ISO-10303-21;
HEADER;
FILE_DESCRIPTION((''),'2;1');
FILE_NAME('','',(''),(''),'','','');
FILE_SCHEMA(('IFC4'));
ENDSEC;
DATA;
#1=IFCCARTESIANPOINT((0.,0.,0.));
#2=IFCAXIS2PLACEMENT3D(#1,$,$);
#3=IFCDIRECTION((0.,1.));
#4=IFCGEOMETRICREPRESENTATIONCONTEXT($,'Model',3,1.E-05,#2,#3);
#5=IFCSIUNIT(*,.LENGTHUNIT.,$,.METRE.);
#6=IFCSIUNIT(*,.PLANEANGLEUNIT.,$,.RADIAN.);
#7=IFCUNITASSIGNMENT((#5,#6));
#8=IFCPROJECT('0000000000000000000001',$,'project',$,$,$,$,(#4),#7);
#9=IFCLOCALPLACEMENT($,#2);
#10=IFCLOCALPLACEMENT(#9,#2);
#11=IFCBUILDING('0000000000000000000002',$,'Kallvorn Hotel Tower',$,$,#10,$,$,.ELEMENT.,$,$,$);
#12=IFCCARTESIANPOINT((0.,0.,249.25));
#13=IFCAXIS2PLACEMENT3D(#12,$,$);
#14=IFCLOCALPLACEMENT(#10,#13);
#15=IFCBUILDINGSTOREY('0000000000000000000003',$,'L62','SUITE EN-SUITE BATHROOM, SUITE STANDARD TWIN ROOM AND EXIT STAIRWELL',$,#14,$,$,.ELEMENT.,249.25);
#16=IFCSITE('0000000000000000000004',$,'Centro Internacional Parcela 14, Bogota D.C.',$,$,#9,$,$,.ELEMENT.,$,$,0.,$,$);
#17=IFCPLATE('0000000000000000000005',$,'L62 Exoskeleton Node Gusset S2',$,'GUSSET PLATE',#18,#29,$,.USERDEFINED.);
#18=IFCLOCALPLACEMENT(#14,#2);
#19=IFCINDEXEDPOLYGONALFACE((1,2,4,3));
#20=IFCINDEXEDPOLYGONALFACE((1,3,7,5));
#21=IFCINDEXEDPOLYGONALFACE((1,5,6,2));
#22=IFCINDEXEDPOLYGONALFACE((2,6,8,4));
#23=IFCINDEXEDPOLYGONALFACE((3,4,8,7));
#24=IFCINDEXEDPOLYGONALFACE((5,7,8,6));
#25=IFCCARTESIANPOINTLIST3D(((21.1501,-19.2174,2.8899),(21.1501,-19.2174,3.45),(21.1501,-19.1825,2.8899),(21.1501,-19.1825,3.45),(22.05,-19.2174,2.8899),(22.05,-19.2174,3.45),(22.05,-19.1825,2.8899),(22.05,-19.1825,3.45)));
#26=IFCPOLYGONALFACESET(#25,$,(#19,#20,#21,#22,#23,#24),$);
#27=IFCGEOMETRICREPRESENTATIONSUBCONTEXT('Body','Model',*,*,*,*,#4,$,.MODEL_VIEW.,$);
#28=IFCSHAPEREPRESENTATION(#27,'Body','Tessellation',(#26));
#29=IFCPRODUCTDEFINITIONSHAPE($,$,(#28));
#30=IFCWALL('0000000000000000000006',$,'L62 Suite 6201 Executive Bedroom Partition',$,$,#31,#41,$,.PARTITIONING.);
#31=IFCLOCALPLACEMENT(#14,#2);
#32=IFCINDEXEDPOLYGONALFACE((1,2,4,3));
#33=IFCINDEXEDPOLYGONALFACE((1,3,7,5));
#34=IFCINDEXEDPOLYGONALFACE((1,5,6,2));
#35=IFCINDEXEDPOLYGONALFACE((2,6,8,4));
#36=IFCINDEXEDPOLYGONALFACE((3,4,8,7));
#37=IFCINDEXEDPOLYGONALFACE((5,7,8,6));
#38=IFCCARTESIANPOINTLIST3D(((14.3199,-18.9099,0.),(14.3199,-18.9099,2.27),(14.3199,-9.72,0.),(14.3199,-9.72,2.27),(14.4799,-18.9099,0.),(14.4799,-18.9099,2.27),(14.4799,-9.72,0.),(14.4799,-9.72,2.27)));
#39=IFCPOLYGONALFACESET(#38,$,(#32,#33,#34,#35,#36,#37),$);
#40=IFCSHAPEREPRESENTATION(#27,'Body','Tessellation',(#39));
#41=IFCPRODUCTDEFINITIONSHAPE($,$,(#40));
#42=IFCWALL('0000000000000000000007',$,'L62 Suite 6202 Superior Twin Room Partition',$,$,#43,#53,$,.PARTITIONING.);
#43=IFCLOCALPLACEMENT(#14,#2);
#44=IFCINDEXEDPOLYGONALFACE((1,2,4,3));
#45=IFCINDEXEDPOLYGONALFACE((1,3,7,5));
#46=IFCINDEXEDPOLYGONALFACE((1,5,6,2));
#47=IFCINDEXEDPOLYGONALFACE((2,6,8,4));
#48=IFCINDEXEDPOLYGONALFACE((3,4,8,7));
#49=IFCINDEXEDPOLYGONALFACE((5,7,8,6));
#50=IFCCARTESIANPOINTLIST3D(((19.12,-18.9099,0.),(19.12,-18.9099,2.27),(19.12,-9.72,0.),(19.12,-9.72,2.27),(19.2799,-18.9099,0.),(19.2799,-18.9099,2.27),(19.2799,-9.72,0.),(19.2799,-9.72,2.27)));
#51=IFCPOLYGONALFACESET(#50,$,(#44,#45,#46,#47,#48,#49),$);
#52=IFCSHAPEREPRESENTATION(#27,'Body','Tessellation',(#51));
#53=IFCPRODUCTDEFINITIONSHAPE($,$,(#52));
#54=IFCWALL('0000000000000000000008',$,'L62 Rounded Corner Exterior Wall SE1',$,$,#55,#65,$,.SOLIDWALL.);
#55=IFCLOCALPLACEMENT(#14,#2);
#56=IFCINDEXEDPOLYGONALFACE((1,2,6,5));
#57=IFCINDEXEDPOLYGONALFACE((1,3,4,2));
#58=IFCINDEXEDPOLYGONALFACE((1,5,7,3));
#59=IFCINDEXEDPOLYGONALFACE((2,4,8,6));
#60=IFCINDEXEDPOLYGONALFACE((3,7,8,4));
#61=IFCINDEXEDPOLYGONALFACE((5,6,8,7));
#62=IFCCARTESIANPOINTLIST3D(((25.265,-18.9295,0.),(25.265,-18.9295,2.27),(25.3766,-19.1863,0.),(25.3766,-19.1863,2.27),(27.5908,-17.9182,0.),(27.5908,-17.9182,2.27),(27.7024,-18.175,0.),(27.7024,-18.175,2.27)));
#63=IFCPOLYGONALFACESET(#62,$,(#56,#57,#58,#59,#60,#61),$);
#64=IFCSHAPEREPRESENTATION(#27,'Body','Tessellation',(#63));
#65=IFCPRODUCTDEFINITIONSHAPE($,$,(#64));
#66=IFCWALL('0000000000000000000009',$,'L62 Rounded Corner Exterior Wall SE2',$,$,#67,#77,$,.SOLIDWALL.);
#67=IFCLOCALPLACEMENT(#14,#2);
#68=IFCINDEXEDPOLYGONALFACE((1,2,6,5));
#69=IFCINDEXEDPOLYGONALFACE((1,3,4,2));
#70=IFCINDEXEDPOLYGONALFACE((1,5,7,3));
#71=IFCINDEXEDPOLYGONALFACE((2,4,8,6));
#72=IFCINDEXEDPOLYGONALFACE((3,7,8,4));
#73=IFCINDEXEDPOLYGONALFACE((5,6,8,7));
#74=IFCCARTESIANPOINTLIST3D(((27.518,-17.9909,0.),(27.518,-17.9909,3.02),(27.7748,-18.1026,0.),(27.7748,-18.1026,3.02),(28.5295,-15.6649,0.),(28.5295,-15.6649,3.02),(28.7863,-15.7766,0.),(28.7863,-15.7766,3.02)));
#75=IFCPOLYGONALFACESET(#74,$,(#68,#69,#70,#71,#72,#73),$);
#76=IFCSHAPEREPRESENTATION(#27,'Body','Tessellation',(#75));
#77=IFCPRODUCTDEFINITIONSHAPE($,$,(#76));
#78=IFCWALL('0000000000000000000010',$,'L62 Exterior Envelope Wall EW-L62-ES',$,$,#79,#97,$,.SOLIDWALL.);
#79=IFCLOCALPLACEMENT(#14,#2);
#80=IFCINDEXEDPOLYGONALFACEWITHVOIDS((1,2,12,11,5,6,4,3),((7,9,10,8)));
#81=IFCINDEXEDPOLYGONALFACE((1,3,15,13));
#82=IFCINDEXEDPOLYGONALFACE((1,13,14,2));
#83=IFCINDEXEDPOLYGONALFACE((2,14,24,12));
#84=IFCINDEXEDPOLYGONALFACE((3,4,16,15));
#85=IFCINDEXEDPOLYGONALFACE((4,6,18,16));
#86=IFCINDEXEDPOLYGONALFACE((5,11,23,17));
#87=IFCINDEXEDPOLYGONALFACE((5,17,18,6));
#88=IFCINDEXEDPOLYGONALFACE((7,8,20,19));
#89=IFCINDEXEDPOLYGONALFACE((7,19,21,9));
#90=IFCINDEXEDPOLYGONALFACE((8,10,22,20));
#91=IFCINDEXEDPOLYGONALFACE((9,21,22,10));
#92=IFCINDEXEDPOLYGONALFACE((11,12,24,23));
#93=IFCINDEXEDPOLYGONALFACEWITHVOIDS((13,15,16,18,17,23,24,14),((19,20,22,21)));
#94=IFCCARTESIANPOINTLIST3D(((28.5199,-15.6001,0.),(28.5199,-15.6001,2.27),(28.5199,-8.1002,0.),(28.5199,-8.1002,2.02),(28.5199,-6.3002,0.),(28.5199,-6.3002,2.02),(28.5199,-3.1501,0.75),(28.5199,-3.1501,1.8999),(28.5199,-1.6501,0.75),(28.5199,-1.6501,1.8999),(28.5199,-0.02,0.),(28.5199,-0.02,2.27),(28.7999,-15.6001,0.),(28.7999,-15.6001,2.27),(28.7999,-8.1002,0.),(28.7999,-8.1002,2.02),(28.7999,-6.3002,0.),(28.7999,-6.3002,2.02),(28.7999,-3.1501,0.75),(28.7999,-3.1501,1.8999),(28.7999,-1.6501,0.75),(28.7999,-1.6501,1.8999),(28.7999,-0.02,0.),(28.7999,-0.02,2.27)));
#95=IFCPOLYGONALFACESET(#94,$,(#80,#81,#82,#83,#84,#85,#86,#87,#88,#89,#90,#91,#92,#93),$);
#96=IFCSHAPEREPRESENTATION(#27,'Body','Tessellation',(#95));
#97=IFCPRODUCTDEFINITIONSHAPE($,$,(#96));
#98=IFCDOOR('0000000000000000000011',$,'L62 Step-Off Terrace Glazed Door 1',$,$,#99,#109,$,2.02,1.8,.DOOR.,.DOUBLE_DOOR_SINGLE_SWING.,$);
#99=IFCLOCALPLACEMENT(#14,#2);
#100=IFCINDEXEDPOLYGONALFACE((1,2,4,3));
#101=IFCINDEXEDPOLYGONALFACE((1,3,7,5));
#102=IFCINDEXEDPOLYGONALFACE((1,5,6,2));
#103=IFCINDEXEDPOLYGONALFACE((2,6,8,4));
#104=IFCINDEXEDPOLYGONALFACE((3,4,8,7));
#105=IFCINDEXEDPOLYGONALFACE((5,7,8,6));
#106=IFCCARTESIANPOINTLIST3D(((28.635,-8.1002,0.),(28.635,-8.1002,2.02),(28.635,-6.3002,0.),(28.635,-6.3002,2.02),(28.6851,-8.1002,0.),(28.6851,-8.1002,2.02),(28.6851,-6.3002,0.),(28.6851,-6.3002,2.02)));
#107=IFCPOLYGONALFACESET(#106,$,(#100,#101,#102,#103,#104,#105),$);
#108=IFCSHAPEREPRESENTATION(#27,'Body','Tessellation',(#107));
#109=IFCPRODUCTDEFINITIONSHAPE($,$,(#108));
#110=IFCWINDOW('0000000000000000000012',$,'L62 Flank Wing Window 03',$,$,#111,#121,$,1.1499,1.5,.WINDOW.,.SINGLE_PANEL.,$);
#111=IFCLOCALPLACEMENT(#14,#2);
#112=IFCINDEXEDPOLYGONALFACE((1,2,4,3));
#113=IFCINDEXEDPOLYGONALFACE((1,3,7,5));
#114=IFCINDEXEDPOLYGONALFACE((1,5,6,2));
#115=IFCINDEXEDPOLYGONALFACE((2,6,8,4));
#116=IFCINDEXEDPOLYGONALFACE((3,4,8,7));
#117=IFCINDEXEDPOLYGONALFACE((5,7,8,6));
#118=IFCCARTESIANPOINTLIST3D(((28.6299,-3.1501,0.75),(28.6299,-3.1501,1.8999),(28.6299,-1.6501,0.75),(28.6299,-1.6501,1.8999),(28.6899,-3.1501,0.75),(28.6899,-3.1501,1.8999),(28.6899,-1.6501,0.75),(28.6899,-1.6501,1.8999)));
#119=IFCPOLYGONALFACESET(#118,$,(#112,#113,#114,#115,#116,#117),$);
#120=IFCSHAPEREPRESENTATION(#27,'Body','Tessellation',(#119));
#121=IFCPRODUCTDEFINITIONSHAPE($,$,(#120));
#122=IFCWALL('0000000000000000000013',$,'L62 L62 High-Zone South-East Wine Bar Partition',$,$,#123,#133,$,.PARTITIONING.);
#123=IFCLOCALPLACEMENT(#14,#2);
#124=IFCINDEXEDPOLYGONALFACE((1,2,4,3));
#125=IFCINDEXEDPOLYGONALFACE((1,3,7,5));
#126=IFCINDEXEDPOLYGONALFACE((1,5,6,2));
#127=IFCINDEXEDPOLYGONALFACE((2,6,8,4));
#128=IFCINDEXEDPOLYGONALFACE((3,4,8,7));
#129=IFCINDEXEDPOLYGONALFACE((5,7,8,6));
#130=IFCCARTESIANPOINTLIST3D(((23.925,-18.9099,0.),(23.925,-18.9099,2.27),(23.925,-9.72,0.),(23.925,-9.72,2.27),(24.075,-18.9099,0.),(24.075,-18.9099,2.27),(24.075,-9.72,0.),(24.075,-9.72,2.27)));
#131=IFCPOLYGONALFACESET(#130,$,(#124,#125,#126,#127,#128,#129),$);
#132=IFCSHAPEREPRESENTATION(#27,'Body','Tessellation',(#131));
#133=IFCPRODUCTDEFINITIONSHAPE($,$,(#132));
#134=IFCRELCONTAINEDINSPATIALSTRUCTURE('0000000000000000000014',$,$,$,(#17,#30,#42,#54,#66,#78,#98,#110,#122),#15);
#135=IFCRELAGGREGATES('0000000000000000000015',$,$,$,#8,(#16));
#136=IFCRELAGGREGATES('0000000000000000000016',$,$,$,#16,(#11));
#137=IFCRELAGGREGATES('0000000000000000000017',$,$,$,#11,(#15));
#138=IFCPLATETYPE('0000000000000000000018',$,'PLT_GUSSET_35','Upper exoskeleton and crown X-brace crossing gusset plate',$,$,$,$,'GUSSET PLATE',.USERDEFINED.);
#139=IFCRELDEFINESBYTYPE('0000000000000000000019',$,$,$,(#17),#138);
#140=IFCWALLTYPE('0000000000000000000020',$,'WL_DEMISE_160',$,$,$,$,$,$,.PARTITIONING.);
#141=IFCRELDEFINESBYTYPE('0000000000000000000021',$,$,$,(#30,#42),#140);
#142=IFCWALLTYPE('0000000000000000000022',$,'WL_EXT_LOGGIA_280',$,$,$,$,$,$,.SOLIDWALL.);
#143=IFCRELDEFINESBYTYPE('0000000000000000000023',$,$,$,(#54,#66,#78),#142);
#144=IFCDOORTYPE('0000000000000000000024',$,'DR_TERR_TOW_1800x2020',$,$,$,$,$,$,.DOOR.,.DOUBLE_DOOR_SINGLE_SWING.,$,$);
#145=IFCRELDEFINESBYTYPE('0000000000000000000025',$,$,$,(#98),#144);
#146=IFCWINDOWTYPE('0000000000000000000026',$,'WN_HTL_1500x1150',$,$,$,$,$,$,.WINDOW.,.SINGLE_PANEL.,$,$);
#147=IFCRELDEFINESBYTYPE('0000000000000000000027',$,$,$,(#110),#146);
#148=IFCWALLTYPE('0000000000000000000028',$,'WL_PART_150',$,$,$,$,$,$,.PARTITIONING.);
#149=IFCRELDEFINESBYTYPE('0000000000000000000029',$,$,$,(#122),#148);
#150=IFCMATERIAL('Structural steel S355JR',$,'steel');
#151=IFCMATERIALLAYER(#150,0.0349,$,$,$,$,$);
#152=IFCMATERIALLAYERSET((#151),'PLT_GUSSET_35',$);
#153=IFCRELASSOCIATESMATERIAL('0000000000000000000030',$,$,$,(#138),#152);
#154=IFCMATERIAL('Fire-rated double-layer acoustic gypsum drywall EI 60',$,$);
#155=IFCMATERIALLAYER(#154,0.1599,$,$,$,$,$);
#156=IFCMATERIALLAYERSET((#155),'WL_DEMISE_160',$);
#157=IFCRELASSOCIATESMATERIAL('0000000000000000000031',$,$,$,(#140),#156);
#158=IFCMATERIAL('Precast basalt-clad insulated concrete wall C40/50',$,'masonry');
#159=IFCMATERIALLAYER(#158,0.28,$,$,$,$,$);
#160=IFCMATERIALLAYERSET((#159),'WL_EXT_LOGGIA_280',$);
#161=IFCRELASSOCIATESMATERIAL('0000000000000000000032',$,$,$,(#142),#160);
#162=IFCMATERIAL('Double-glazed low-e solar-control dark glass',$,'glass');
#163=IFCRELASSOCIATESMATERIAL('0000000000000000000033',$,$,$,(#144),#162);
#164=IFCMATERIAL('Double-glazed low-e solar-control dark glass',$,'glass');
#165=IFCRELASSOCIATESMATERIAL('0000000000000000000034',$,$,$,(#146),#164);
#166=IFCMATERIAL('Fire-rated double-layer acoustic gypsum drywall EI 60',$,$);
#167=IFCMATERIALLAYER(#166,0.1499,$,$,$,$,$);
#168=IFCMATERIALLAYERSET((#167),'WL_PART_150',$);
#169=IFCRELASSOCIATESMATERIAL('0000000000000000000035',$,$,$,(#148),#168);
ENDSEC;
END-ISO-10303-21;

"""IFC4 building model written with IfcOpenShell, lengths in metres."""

from ifc_helpers import new_model, si_unit, direction, frame, frame_2d, origin, origin_2d, place, context, subcontext, project, spatial, rectangle, extrude, material, layer, layer_set, type_object, element, fill, save


model = new_model("IFC4")

# Units and contexts
model_context = context("Model", 3, precision=1e-05, world=origin(), true_north=direction((0.0, 1.0)))
body_context = subcontext(model_context, "Body", "Model", "MODEL_VIEW")
ifc_project = project(units=[si_unit("LENGTHUNIT", "METRE"), si_unit("PLANEANGLEUNIT", "RADIAN")], contexts=[model_context])

# Site, building, storey
site_placement = place(None, origin())
site = spatial("IfcSite", under=ifc_project, at=site_placement, Name="Centro Internacional Parcela 14, Bogota D.C.", CompositionType="ELEMENT", RefElevation=0.0)
building_placement = place(site_placement, origin())
building = spatial("IfcBuilding", under=site, at=building_placement, Name="Kallvorn Hotel Tower", CompositionType="ELEMENT")
storey_placement = place(building_placement, frame((0.0, 0.0, 249.25)))
storey = spatial("IfcBuildingStorey", under=building, at=storey_placement, Name="L62", Description="SUITE EN-SUITE BATHROOM, SUITE STANDARD TWIN ROOM AND EXIT STAIRWELL", CompositionType="ELEMENT", Elevation=249.25)

# Plate
ifc_material_1 = material(Name="Structural steel S355JR", Category="steel")
ifc_layer_1 = layer(ifc_material_1, 0.0349)
ifc_layer_set_1 = layer_set([ifc_layer_1], Name="PLT_GUSSET_35")
plate_type_1 = type_object("IfcPlateType", Name="PLT_GUSSET_35", Description="Upper exoskeleton and crown X-brace crossing gusset plate", ElementType="GUSSET PLATE", PredefinedType="USERDEFINED", material=ifc_layer_set_1)
plate_1_placement = place(storey_placement, frame((21.6001, -19.2, 2.8899), z_axis=(0.0, 0.0, 1.0), x_axis=(1.0, 0.0, 0.0)))
element("IfcPlate", 1, at=plate_1_placement, inside=storey, type_object=plate_type_1, Name="L62 Exoskeleton Node Gusset S2", ObjectType="GUSSET PLATE", PredefinedType="USERDEFINED", context=body_context, shape_type="SweptSolid", body=[
    extrude(rectangle(XDim=0.8999, YDim=0.0349, at=origin_2d()), origin(), (0.0, 0.0, 1.0), 0.5601),
])

# Walls
ifc_material_2 = material(Name="Fire-rated double-layer acoustic gypsum drywall EI 60")
ifc_layer_2 = layer(ifc_material_2, 0.1599)
ifc_layer_set_2 = layer_set([ifc_layer_2], Name="WL_DEMISE_160")
wall_type_1 = type_object("IfcWallType", Name="WL_DEMISE_160", PredefinedType="PARTITIONING", material=ifc_layer_set_2)
for number, where, z_axis, x_axis, name in (
    (2, (14.3999, -18.9099, 0.0), (0.0, 0.0, 1.0), (0.0, 1.0, 0.0), "L62 Suite 6201 Executive Bedroom Partition"),
    (3, (19.2, -18.9099, 0.0), (0.0, 0.0, 1.0), (0.0, 1.0, 0.0), "L62 Suite 6202 Superior Twin Room Partition"),
):
    element("IfcWall", number, at=place(storey_placement, frame(where, z_axis=z_axis, x_axis=x_axis)), inside=storey, type_object=wall_type_1, Name=name, PredefinedType="PARTITIONING", context=body_context, shape_type="SweptSolid", body=[
        extrude(rectangle(XDim=9.1899, YDim=0.1599, at=frame_2d((4.595, 0.0))), origin(), (0.0, 0.0, 1.0), 2.27),
    ])
ifc_material_3 = material(Name="Precast basalt-clad insulated concrete wall C40/50", Category="masonry")
ifc_layer_3 = layer(ifc_material_3, 0.28)
ifc_layer_set_3 = layer_set([ifc_layer_3], Name="WL_EXT_LOGGIA_280")
wall_type_2 = type_object("IfcWallType", Name="WL_EXT_LOGGIA_280", PredefinedType="SOLIDWALL", material=ifc_layer_set_3)
wall_1_placement = place(storey_placement, frame((25.3208, -19.0579, 0.0), z_axis=(0.0, 0.0, 1.0), x_axis=(0.917061, 0.398747, 0.0)))
element("IfcWall", 4, at=wall_1_placement, inside=storey, type_object=wall_type_2, Name="L62 Rounded Corner Exterior Wall SE1", PredefinedType="SOLIDWALL", context=body_context, shape_type="SweptSolid", body=[
    extrude(rectangle(XDim=2.5361, YDim=0.28, at=frame_2d((1.2681, 0.0))), origin(), (0.0, 0.0, 1.0), 2.27),
])
wall_2_placement = place(storey_placement, frame((27.6465, -18.0466, 0.0), z_axis=(0.0, 0.0, 1.0), x_axis=(0.398793, 0.917041, 0.0)))
element("IfcWall", 5, at=wall_2_placement, inside=storey, type_object=wall_type_2, Name="L62 Rounded Corner Exterior Wall SE2", PredefinedType="SOLIDWALL", context=body_context, shape_type="SweptSolid", body=[
    extrude(rectangle(XDim=2.5364, YDim=0.28, at=frame_2d((1.2681, 0.0))), origin(), (0.0, 0.0, 1.0), 3.02),
])

# Wall, openings, door, window
wall_3_placement = place(storey_placement, frame((28.6599, -15.6001, 0.0), z_axis=(0.0, 0.0, 1.0), x_axis=(0.0, 1.0, 0.0)))
wall_3 = element("IfcWall", 6, at=wall_3_placement, inside=storey, type_object=wall_type_2, Name="L62 Exterior Envelope Wall EW-L62-ES", PredefinedType="SOLIDWALL", context=body_context, shape_type="SweptSolid", body=[
    extrude(rectangle(XDim=15.5801, YDim=0.28, at=frame_2d((7.79, 0.0))), origin(), (0.0, 0.0, 1.0), 2.27),
])
opening_1_placement = place(wall_3_placement, frame((7.5, 0.0, 0.0)))
opening_1 = element("IfcOpeningElement", 7, at=opening_1_placement, cuts=wall_3, PredefinedType="OPENING", context=body_context, shape_type="SweptSolid", body=[
    extrude(rectangle(XDim=1.8, YDim=2.02, at=frame_2d((0.8999, 1.01))), frame((0.0, 0.155, 0.0), z_axis=(0.0, -1.0, 0.0), x_axis=(1.0, 0.0, 0.0)), (0.0, 0.0, 1.0), 0.3101),
])
opening_2_placement = place(wall_3_placement, frame((12.45, 0.0, 0.75)))
opening_2 = element("IfcOpeningElement", 8, at=opening_2_placement, cuts=wall_3, PredefinedType="OPENING", context=body_context, shape_type="SweptSolid", body=[
    extrude(rectangle(XDim=1.5, YDim=1.1499, at=frame_2d((0.75, 0.575))), frame((0.0, 0.155, 0.0), z_axis=(0.0, -1.0, 0.0), x_axis=(1.0, 0.0, 0.0)), (0.0, 0.0, 1.0), 0.3101),
])
ifc_material_4 = material(Name="Double-glazed low-e solar-control dark glass", Category="glass")
door_type_1 = type_object("IfcDoorType", Name="DR_TERR_TOW_1800x2020", OperationType="DOUBLE_DOOR_SINGLE_SWING", PredefinedType="DOOR", material=ifc_material_4)
door_1_placement = place(opening_1_placement, origin())
door_1 = element("IfcDoor", 9, at=door_1_placement, inside=storey, type_object=door_type_1, Name="L62 Step-Off Terrace Glazed Door 1", OperationType="DOUBLE_DOOR_SINGLE_SWING", OverallHeight=2.02, OverallWidth=1.8, PredefinedType="DOOR", context=body_context, shape_type="SweptSolid", body=[
    extrude(rectangle(XDim=1.8, YDim=2.02, at=frame_2d((0.8999, 1.01))), frame((0.0, 0.0249, 0.0), z_axis=(0.0, -1.0, 0.0), x_axis=(1.0, 0.0, 0.0)), (0.0, 0.0, 1.0), 0.05),
])
fill(opening_1, door_1)
ifc_material_5 = material(Name="Double-glazed low-e solar-control dark glass", Category="glass")
window_type = type_object("IfcWindowType", Name="WN_HTL_1500x1150", PartitioningType="SINGLE_PANEL", PredefinedType="WINDOW", material=ifc_material_5)
window_placement = place(opening_2_placement, origin())
window = element("IfcWindow", 10, at=window_placement, inside=storey, type_object=window_type, Name="L62 Flank Wing Window 03", OverallHeight=1.1499, OverallWidth=1.5, PartitioningType="SINGLE_PANEL", PredefinedType="WINDOW", context=body_context, shape_type="SweptSolid", body=[
    extrude(rectangle(XDim=1.5, YDim=1.1499, at=frame_2d((0.75, 0.575))), frame((0.0, 0.03, 0.0), z_axis=(0.0, -1.0, 0.0), x_axis=(1.0, 0.0, 0.0)), (0.0, 0.0, 1.0), 0.0601),
])
fill(opening_2, window)

# Wall
ifc_material_6 = material(Name="Fire-rated double-layer acoustic gypsum drywall EI 60")
ifc_layer_4 = layer(ifc_material_6, 0.1499)
ifc_layer_set_4 = layer_set([ifc_layer_4], Name="WL_PART_150")
wall_type_3 = type_object("IfcWallType", Name="WL_PART_150", PredefinedType="PARTITIONING", material=ifc_layer_set_4)
wall_4_placement = place(storey_placement, frame((24.0, -18.9099, 0.0), z_axis=(0.0, 0.0, 1.0), x_axis=(0.0, 1.0, 0.0)))
element("IfcWall", 11, at=wall_4_placement, inside=storey, type_object=wall_type_3, Name="L62 L62 High-Zone South-East Wine Bar Partition", PredefinedType="PARTITIONING", context=body_context, shape_type="SweptSolid", body=[
    extrude(rectangle(XDim=9.1899, YDim=0.1499, at=frame_2d((4.595, 0.0))), origin(), (0.0, 0.0, 1.0), 2.27),
])

save(model, "model.ifc")
